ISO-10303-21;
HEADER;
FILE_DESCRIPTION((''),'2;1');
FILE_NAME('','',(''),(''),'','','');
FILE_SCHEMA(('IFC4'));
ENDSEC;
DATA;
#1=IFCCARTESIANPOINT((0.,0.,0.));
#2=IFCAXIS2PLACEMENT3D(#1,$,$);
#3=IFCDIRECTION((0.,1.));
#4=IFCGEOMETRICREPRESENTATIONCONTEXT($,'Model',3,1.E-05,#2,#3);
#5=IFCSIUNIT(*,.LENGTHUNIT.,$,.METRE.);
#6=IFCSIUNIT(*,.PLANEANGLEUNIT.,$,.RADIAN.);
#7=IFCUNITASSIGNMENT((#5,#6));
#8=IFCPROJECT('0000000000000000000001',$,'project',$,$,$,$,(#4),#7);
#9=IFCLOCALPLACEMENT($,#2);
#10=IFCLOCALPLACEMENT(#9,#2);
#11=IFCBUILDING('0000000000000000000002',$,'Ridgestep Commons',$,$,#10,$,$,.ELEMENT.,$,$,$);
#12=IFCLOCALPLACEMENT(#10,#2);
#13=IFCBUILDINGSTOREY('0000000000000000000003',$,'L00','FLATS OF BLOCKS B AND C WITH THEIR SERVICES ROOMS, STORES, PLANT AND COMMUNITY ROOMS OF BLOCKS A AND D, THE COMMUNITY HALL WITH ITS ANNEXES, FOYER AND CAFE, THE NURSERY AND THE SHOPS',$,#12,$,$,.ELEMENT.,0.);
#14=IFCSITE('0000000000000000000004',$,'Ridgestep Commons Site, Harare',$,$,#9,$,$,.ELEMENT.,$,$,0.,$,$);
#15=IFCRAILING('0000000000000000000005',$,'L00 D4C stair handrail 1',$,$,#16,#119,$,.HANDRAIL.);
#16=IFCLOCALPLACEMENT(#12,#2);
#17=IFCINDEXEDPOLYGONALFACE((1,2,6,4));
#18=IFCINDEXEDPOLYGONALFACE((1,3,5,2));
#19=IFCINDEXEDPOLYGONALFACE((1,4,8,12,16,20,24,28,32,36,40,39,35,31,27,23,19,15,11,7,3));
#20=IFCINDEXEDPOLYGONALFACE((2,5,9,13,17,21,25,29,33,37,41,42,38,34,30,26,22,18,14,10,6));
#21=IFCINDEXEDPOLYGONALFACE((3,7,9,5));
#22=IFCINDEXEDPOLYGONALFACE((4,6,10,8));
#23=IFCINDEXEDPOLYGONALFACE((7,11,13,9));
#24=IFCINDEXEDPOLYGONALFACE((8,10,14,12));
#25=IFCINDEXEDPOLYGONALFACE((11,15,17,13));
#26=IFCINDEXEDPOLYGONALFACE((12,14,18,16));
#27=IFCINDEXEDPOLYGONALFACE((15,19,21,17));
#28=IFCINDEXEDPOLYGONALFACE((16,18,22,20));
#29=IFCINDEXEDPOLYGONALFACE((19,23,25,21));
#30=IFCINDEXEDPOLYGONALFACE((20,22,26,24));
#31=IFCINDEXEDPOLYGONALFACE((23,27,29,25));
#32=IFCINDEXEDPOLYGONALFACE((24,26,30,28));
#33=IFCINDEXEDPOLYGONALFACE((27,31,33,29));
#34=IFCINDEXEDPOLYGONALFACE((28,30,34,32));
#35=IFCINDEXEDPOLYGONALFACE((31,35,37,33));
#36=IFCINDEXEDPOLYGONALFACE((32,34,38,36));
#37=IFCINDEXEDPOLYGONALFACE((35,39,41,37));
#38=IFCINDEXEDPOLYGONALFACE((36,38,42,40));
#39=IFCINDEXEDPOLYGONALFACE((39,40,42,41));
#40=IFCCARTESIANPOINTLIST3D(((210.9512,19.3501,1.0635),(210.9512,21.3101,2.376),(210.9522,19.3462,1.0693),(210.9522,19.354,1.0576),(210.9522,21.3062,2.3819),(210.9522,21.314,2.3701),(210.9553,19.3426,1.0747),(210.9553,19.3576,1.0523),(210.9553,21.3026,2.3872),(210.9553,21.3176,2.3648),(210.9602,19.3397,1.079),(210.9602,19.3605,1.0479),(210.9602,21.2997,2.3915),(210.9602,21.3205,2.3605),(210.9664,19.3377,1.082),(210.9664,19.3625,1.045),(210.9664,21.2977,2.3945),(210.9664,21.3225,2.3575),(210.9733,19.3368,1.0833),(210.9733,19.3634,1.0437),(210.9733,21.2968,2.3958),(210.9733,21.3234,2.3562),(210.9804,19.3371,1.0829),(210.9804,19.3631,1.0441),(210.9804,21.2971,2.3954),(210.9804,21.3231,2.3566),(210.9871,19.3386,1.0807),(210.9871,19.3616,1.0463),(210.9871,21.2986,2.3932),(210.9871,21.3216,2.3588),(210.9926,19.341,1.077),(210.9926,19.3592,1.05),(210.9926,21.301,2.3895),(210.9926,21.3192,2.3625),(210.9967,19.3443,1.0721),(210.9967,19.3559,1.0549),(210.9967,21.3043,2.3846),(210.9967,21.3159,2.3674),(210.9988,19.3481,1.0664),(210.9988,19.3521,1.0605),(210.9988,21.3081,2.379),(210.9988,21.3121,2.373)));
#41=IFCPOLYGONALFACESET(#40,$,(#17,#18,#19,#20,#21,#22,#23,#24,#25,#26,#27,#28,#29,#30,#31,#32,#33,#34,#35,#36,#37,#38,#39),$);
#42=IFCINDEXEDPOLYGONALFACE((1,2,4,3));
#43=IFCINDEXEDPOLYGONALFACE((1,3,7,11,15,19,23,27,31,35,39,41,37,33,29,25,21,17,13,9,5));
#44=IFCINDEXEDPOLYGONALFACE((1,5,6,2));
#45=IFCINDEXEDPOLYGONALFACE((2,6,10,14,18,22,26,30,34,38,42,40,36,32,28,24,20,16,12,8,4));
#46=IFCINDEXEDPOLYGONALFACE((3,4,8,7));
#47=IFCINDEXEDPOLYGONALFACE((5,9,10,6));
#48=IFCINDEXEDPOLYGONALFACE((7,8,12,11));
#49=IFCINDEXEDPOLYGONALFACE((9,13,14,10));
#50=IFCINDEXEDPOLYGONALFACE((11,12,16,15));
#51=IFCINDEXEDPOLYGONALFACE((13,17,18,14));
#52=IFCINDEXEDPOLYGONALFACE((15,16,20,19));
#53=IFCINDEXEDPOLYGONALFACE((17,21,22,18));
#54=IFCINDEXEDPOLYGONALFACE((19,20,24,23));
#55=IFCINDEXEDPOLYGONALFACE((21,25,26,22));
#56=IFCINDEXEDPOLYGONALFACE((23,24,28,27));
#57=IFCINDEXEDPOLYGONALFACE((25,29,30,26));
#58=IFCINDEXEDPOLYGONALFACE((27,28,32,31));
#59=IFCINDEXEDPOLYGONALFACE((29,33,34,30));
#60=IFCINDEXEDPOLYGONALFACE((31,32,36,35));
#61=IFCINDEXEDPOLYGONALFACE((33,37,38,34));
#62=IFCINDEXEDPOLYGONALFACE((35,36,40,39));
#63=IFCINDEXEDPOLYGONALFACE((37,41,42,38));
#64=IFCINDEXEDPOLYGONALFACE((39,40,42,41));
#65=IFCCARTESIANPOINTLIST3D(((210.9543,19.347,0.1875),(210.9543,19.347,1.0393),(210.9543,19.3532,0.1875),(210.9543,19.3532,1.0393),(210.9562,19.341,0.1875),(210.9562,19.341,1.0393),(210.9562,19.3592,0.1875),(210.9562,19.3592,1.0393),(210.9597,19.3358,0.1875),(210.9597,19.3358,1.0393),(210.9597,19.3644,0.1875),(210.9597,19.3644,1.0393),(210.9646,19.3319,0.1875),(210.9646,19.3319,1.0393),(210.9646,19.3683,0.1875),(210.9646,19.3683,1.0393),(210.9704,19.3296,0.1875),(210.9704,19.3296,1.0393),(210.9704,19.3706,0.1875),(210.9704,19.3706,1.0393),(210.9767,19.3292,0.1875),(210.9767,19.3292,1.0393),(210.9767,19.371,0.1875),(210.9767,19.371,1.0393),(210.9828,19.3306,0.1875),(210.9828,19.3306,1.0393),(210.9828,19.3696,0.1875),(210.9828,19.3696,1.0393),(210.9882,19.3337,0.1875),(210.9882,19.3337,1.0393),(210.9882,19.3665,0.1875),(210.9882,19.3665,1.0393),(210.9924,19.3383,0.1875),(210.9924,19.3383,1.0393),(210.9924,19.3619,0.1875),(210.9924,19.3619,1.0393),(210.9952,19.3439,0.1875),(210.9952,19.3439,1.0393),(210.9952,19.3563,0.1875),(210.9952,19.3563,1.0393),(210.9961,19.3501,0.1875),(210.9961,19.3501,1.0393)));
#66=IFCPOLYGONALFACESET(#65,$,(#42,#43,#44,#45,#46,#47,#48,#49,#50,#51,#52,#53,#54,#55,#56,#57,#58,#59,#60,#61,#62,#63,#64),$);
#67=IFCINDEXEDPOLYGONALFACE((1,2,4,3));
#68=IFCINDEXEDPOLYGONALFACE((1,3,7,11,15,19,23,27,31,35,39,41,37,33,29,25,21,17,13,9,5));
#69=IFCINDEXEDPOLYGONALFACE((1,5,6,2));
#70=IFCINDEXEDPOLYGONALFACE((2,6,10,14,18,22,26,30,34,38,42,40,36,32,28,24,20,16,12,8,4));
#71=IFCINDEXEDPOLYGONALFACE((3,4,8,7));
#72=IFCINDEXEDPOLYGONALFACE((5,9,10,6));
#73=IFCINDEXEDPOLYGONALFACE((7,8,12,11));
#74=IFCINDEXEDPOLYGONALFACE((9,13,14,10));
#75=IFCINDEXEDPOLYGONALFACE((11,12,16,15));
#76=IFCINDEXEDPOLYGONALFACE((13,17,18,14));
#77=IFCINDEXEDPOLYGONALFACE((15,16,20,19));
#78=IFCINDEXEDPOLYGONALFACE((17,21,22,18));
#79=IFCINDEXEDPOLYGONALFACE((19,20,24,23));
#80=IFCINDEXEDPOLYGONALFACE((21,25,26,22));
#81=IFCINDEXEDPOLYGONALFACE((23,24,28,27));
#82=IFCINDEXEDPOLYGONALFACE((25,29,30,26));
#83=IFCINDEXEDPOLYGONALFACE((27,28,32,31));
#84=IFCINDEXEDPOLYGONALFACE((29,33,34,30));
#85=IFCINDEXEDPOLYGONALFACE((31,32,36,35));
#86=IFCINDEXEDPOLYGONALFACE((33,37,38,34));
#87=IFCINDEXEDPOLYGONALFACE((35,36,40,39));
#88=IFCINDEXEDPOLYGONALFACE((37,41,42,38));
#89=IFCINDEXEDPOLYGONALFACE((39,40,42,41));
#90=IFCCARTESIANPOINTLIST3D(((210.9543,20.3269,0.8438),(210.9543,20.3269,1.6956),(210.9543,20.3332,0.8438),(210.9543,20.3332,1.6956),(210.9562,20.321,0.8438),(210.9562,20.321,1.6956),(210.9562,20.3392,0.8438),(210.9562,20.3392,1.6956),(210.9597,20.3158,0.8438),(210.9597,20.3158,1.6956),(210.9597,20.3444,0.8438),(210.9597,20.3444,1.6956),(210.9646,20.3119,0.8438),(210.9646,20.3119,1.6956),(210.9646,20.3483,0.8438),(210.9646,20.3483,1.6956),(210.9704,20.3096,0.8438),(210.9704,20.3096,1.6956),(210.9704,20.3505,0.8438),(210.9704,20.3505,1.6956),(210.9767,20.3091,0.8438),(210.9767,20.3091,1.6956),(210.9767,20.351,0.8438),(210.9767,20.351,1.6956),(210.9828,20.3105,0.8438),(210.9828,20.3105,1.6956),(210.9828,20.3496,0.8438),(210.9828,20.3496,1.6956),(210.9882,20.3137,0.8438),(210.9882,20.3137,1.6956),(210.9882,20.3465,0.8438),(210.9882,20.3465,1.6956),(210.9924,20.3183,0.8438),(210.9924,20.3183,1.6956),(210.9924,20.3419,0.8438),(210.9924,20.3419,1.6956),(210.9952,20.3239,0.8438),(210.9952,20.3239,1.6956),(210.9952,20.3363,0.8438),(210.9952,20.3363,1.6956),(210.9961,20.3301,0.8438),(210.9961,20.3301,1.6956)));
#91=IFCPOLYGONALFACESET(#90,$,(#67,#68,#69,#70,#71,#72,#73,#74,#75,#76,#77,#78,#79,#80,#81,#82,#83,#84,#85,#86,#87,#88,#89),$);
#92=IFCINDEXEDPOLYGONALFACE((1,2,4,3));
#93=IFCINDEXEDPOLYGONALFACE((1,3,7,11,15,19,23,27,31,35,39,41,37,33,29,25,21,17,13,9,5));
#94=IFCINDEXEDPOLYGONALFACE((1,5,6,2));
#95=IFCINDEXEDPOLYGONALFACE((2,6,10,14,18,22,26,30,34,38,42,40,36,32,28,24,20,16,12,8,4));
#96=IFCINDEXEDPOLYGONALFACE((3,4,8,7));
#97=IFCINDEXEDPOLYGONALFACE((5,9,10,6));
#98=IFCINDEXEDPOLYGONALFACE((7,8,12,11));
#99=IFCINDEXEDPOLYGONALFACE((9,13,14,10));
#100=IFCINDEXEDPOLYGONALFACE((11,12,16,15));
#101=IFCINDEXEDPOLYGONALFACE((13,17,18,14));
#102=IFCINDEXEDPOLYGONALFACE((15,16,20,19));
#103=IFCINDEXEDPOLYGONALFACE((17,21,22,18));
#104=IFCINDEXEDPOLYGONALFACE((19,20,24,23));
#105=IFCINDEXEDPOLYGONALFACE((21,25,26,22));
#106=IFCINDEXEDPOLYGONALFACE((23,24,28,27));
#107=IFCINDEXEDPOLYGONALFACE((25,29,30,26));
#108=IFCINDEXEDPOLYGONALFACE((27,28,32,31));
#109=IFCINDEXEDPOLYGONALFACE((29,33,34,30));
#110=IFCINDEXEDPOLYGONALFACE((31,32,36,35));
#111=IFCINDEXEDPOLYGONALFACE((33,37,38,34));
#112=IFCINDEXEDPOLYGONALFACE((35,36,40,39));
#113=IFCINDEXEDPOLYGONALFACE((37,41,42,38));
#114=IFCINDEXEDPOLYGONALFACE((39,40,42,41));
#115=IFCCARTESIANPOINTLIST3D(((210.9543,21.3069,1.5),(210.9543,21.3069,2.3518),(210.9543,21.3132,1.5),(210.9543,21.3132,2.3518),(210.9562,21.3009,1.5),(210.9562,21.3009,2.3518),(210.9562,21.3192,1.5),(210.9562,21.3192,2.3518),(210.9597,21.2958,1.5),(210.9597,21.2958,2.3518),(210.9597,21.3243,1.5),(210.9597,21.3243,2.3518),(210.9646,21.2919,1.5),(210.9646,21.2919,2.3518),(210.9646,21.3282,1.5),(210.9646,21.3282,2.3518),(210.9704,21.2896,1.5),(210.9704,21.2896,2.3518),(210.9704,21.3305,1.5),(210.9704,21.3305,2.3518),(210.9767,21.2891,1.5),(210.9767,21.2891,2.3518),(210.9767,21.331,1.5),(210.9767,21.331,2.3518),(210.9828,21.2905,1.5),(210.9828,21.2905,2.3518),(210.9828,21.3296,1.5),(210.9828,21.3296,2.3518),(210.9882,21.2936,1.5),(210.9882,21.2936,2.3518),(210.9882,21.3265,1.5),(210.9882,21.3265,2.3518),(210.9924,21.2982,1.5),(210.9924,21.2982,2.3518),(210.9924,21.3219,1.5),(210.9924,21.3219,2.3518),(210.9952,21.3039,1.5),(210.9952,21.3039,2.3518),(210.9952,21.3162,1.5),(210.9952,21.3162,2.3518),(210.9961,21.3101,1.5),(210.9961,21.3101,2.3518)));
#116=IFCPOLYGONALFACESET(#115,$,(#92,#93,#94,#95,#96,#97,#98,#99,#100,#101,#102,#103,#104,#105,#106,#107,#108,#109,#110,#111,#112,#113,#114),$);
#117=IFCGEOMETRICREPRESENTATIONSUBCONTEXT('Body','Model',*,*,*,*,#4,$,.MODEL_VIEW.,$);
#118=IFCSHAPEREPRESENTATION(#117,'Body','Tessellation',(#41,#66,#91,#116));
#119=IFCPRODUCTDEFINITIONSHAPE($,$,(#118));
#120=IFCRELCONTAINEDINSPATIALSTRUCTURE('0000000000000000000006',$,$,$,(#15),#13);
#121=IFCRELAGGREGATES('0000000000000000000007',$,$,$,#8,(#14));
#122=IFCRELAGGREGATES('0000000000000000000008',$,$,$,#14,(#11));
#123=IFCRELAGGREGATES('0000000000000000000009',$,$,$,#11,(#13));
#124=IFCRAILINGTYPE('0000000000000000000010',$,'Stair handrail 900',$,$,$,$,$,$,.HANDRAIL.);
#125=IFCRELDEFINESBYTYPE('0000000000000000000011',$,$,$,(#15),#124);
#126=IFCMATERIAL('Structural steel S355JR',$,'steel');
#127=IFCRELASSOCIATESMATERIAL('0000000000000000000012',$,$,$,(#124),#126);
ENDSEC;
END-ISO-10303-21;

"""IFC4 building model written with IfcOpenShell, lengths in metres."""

from ifc_helpers import new_model, si_unit, direction, frame, origin, origin_2d, place, context, subcontext, project, spatial, circle, extrude, material, type_object, element, save


model = new_model("IFC4")

# Units and contexts
model_context = context("Model", 3, precision=1e-05, world=origin(), true_north=direction((0.0, 1.0)))
body_context = subcontext(model_context, "Body", "Model", "MODEL_VIEW")
ifc_project = project(units=[si_unit("LENGTHUNIT", "METRE"), si_unit("PLANEANGLEUNIT", "RADIAN")], contexts=[model_context])

# Site, building, storey
site_placement = place(None, origin())
site = spatial("IfcSite", under=ifc_project, at=site_placement, Name="Ridgestep Commons Site, Harare", CompositionType="ELEMENT", RefElevation=0.0)
building_placement = place(site_placement, origin())
building = spatial("IfcBuilding", under=site, at=building_placement, Name="Ridgestep Commons", CompositionType="ELEMENT")
storey_placement = place(building_placement, origin())
storey = spatial("IfcBuildingStorey", under=building, at=storey_placement, Name="L00", Description="FLATS OF BLOCKS B AND C WITH THEIR SERVICES ROOMS, STORES, PLANT AND COMMUNITY ROOMS OF BLOCKS A AND D, THE COMMUNITY HALL WITH ITS ANNEXES, FOYER AND CAFE, THE NURSERY AND THE SHOPS", CompositionType="ELEMENT", Elevation=0.0)

# Railing
ifc_material_1 = material(Name="Structural steel S355JR", Category="steel")
railing_type_1 = type_object("IfcRailingType", Name="Stair handrail 900", PredefinedType="HANDRAIL", material=ifc_material_1)
railing_1_placement = place(storey_placement, frame((210.9751, 19.3501, 0.1875)))
element("IfcRailing", 1, at=railing_1_placement, inside=storey, type_object=railing_type_1, Name="L00 D4C stair handrail 1", PredefinedType="HANDRAIL", context=body_context, shape_type="SweptSolid", body=[
    extrude(circle(Radius=0.0239, at=origin_2d()), frame((0.0, 0.0, 0.876), z_axis=(0.0, 0.830902, 0.556419), x_axis=(-1.0, 0.0, 0.0)), (0.0, 0.0, 1.0), 2.3589),
    extrude(circle(Radius=0.021, at=origin_2d()), origin(), (0.0, 0.0, 1.0), 0.8518),
    extrude(circle(Radius=0.021, at=origin_2d()), frame((0.0, 0.98, 0.6562)), (0.0, 0.0, 1.0), 0.8518),
    extrude(circle(Radius=0.021, at=origin_2d()), frame((0.0, 1.96, 1.3125)), (0.0, 0.0, 1.0), 0.8518),
])

save(model, "model.ifc")
